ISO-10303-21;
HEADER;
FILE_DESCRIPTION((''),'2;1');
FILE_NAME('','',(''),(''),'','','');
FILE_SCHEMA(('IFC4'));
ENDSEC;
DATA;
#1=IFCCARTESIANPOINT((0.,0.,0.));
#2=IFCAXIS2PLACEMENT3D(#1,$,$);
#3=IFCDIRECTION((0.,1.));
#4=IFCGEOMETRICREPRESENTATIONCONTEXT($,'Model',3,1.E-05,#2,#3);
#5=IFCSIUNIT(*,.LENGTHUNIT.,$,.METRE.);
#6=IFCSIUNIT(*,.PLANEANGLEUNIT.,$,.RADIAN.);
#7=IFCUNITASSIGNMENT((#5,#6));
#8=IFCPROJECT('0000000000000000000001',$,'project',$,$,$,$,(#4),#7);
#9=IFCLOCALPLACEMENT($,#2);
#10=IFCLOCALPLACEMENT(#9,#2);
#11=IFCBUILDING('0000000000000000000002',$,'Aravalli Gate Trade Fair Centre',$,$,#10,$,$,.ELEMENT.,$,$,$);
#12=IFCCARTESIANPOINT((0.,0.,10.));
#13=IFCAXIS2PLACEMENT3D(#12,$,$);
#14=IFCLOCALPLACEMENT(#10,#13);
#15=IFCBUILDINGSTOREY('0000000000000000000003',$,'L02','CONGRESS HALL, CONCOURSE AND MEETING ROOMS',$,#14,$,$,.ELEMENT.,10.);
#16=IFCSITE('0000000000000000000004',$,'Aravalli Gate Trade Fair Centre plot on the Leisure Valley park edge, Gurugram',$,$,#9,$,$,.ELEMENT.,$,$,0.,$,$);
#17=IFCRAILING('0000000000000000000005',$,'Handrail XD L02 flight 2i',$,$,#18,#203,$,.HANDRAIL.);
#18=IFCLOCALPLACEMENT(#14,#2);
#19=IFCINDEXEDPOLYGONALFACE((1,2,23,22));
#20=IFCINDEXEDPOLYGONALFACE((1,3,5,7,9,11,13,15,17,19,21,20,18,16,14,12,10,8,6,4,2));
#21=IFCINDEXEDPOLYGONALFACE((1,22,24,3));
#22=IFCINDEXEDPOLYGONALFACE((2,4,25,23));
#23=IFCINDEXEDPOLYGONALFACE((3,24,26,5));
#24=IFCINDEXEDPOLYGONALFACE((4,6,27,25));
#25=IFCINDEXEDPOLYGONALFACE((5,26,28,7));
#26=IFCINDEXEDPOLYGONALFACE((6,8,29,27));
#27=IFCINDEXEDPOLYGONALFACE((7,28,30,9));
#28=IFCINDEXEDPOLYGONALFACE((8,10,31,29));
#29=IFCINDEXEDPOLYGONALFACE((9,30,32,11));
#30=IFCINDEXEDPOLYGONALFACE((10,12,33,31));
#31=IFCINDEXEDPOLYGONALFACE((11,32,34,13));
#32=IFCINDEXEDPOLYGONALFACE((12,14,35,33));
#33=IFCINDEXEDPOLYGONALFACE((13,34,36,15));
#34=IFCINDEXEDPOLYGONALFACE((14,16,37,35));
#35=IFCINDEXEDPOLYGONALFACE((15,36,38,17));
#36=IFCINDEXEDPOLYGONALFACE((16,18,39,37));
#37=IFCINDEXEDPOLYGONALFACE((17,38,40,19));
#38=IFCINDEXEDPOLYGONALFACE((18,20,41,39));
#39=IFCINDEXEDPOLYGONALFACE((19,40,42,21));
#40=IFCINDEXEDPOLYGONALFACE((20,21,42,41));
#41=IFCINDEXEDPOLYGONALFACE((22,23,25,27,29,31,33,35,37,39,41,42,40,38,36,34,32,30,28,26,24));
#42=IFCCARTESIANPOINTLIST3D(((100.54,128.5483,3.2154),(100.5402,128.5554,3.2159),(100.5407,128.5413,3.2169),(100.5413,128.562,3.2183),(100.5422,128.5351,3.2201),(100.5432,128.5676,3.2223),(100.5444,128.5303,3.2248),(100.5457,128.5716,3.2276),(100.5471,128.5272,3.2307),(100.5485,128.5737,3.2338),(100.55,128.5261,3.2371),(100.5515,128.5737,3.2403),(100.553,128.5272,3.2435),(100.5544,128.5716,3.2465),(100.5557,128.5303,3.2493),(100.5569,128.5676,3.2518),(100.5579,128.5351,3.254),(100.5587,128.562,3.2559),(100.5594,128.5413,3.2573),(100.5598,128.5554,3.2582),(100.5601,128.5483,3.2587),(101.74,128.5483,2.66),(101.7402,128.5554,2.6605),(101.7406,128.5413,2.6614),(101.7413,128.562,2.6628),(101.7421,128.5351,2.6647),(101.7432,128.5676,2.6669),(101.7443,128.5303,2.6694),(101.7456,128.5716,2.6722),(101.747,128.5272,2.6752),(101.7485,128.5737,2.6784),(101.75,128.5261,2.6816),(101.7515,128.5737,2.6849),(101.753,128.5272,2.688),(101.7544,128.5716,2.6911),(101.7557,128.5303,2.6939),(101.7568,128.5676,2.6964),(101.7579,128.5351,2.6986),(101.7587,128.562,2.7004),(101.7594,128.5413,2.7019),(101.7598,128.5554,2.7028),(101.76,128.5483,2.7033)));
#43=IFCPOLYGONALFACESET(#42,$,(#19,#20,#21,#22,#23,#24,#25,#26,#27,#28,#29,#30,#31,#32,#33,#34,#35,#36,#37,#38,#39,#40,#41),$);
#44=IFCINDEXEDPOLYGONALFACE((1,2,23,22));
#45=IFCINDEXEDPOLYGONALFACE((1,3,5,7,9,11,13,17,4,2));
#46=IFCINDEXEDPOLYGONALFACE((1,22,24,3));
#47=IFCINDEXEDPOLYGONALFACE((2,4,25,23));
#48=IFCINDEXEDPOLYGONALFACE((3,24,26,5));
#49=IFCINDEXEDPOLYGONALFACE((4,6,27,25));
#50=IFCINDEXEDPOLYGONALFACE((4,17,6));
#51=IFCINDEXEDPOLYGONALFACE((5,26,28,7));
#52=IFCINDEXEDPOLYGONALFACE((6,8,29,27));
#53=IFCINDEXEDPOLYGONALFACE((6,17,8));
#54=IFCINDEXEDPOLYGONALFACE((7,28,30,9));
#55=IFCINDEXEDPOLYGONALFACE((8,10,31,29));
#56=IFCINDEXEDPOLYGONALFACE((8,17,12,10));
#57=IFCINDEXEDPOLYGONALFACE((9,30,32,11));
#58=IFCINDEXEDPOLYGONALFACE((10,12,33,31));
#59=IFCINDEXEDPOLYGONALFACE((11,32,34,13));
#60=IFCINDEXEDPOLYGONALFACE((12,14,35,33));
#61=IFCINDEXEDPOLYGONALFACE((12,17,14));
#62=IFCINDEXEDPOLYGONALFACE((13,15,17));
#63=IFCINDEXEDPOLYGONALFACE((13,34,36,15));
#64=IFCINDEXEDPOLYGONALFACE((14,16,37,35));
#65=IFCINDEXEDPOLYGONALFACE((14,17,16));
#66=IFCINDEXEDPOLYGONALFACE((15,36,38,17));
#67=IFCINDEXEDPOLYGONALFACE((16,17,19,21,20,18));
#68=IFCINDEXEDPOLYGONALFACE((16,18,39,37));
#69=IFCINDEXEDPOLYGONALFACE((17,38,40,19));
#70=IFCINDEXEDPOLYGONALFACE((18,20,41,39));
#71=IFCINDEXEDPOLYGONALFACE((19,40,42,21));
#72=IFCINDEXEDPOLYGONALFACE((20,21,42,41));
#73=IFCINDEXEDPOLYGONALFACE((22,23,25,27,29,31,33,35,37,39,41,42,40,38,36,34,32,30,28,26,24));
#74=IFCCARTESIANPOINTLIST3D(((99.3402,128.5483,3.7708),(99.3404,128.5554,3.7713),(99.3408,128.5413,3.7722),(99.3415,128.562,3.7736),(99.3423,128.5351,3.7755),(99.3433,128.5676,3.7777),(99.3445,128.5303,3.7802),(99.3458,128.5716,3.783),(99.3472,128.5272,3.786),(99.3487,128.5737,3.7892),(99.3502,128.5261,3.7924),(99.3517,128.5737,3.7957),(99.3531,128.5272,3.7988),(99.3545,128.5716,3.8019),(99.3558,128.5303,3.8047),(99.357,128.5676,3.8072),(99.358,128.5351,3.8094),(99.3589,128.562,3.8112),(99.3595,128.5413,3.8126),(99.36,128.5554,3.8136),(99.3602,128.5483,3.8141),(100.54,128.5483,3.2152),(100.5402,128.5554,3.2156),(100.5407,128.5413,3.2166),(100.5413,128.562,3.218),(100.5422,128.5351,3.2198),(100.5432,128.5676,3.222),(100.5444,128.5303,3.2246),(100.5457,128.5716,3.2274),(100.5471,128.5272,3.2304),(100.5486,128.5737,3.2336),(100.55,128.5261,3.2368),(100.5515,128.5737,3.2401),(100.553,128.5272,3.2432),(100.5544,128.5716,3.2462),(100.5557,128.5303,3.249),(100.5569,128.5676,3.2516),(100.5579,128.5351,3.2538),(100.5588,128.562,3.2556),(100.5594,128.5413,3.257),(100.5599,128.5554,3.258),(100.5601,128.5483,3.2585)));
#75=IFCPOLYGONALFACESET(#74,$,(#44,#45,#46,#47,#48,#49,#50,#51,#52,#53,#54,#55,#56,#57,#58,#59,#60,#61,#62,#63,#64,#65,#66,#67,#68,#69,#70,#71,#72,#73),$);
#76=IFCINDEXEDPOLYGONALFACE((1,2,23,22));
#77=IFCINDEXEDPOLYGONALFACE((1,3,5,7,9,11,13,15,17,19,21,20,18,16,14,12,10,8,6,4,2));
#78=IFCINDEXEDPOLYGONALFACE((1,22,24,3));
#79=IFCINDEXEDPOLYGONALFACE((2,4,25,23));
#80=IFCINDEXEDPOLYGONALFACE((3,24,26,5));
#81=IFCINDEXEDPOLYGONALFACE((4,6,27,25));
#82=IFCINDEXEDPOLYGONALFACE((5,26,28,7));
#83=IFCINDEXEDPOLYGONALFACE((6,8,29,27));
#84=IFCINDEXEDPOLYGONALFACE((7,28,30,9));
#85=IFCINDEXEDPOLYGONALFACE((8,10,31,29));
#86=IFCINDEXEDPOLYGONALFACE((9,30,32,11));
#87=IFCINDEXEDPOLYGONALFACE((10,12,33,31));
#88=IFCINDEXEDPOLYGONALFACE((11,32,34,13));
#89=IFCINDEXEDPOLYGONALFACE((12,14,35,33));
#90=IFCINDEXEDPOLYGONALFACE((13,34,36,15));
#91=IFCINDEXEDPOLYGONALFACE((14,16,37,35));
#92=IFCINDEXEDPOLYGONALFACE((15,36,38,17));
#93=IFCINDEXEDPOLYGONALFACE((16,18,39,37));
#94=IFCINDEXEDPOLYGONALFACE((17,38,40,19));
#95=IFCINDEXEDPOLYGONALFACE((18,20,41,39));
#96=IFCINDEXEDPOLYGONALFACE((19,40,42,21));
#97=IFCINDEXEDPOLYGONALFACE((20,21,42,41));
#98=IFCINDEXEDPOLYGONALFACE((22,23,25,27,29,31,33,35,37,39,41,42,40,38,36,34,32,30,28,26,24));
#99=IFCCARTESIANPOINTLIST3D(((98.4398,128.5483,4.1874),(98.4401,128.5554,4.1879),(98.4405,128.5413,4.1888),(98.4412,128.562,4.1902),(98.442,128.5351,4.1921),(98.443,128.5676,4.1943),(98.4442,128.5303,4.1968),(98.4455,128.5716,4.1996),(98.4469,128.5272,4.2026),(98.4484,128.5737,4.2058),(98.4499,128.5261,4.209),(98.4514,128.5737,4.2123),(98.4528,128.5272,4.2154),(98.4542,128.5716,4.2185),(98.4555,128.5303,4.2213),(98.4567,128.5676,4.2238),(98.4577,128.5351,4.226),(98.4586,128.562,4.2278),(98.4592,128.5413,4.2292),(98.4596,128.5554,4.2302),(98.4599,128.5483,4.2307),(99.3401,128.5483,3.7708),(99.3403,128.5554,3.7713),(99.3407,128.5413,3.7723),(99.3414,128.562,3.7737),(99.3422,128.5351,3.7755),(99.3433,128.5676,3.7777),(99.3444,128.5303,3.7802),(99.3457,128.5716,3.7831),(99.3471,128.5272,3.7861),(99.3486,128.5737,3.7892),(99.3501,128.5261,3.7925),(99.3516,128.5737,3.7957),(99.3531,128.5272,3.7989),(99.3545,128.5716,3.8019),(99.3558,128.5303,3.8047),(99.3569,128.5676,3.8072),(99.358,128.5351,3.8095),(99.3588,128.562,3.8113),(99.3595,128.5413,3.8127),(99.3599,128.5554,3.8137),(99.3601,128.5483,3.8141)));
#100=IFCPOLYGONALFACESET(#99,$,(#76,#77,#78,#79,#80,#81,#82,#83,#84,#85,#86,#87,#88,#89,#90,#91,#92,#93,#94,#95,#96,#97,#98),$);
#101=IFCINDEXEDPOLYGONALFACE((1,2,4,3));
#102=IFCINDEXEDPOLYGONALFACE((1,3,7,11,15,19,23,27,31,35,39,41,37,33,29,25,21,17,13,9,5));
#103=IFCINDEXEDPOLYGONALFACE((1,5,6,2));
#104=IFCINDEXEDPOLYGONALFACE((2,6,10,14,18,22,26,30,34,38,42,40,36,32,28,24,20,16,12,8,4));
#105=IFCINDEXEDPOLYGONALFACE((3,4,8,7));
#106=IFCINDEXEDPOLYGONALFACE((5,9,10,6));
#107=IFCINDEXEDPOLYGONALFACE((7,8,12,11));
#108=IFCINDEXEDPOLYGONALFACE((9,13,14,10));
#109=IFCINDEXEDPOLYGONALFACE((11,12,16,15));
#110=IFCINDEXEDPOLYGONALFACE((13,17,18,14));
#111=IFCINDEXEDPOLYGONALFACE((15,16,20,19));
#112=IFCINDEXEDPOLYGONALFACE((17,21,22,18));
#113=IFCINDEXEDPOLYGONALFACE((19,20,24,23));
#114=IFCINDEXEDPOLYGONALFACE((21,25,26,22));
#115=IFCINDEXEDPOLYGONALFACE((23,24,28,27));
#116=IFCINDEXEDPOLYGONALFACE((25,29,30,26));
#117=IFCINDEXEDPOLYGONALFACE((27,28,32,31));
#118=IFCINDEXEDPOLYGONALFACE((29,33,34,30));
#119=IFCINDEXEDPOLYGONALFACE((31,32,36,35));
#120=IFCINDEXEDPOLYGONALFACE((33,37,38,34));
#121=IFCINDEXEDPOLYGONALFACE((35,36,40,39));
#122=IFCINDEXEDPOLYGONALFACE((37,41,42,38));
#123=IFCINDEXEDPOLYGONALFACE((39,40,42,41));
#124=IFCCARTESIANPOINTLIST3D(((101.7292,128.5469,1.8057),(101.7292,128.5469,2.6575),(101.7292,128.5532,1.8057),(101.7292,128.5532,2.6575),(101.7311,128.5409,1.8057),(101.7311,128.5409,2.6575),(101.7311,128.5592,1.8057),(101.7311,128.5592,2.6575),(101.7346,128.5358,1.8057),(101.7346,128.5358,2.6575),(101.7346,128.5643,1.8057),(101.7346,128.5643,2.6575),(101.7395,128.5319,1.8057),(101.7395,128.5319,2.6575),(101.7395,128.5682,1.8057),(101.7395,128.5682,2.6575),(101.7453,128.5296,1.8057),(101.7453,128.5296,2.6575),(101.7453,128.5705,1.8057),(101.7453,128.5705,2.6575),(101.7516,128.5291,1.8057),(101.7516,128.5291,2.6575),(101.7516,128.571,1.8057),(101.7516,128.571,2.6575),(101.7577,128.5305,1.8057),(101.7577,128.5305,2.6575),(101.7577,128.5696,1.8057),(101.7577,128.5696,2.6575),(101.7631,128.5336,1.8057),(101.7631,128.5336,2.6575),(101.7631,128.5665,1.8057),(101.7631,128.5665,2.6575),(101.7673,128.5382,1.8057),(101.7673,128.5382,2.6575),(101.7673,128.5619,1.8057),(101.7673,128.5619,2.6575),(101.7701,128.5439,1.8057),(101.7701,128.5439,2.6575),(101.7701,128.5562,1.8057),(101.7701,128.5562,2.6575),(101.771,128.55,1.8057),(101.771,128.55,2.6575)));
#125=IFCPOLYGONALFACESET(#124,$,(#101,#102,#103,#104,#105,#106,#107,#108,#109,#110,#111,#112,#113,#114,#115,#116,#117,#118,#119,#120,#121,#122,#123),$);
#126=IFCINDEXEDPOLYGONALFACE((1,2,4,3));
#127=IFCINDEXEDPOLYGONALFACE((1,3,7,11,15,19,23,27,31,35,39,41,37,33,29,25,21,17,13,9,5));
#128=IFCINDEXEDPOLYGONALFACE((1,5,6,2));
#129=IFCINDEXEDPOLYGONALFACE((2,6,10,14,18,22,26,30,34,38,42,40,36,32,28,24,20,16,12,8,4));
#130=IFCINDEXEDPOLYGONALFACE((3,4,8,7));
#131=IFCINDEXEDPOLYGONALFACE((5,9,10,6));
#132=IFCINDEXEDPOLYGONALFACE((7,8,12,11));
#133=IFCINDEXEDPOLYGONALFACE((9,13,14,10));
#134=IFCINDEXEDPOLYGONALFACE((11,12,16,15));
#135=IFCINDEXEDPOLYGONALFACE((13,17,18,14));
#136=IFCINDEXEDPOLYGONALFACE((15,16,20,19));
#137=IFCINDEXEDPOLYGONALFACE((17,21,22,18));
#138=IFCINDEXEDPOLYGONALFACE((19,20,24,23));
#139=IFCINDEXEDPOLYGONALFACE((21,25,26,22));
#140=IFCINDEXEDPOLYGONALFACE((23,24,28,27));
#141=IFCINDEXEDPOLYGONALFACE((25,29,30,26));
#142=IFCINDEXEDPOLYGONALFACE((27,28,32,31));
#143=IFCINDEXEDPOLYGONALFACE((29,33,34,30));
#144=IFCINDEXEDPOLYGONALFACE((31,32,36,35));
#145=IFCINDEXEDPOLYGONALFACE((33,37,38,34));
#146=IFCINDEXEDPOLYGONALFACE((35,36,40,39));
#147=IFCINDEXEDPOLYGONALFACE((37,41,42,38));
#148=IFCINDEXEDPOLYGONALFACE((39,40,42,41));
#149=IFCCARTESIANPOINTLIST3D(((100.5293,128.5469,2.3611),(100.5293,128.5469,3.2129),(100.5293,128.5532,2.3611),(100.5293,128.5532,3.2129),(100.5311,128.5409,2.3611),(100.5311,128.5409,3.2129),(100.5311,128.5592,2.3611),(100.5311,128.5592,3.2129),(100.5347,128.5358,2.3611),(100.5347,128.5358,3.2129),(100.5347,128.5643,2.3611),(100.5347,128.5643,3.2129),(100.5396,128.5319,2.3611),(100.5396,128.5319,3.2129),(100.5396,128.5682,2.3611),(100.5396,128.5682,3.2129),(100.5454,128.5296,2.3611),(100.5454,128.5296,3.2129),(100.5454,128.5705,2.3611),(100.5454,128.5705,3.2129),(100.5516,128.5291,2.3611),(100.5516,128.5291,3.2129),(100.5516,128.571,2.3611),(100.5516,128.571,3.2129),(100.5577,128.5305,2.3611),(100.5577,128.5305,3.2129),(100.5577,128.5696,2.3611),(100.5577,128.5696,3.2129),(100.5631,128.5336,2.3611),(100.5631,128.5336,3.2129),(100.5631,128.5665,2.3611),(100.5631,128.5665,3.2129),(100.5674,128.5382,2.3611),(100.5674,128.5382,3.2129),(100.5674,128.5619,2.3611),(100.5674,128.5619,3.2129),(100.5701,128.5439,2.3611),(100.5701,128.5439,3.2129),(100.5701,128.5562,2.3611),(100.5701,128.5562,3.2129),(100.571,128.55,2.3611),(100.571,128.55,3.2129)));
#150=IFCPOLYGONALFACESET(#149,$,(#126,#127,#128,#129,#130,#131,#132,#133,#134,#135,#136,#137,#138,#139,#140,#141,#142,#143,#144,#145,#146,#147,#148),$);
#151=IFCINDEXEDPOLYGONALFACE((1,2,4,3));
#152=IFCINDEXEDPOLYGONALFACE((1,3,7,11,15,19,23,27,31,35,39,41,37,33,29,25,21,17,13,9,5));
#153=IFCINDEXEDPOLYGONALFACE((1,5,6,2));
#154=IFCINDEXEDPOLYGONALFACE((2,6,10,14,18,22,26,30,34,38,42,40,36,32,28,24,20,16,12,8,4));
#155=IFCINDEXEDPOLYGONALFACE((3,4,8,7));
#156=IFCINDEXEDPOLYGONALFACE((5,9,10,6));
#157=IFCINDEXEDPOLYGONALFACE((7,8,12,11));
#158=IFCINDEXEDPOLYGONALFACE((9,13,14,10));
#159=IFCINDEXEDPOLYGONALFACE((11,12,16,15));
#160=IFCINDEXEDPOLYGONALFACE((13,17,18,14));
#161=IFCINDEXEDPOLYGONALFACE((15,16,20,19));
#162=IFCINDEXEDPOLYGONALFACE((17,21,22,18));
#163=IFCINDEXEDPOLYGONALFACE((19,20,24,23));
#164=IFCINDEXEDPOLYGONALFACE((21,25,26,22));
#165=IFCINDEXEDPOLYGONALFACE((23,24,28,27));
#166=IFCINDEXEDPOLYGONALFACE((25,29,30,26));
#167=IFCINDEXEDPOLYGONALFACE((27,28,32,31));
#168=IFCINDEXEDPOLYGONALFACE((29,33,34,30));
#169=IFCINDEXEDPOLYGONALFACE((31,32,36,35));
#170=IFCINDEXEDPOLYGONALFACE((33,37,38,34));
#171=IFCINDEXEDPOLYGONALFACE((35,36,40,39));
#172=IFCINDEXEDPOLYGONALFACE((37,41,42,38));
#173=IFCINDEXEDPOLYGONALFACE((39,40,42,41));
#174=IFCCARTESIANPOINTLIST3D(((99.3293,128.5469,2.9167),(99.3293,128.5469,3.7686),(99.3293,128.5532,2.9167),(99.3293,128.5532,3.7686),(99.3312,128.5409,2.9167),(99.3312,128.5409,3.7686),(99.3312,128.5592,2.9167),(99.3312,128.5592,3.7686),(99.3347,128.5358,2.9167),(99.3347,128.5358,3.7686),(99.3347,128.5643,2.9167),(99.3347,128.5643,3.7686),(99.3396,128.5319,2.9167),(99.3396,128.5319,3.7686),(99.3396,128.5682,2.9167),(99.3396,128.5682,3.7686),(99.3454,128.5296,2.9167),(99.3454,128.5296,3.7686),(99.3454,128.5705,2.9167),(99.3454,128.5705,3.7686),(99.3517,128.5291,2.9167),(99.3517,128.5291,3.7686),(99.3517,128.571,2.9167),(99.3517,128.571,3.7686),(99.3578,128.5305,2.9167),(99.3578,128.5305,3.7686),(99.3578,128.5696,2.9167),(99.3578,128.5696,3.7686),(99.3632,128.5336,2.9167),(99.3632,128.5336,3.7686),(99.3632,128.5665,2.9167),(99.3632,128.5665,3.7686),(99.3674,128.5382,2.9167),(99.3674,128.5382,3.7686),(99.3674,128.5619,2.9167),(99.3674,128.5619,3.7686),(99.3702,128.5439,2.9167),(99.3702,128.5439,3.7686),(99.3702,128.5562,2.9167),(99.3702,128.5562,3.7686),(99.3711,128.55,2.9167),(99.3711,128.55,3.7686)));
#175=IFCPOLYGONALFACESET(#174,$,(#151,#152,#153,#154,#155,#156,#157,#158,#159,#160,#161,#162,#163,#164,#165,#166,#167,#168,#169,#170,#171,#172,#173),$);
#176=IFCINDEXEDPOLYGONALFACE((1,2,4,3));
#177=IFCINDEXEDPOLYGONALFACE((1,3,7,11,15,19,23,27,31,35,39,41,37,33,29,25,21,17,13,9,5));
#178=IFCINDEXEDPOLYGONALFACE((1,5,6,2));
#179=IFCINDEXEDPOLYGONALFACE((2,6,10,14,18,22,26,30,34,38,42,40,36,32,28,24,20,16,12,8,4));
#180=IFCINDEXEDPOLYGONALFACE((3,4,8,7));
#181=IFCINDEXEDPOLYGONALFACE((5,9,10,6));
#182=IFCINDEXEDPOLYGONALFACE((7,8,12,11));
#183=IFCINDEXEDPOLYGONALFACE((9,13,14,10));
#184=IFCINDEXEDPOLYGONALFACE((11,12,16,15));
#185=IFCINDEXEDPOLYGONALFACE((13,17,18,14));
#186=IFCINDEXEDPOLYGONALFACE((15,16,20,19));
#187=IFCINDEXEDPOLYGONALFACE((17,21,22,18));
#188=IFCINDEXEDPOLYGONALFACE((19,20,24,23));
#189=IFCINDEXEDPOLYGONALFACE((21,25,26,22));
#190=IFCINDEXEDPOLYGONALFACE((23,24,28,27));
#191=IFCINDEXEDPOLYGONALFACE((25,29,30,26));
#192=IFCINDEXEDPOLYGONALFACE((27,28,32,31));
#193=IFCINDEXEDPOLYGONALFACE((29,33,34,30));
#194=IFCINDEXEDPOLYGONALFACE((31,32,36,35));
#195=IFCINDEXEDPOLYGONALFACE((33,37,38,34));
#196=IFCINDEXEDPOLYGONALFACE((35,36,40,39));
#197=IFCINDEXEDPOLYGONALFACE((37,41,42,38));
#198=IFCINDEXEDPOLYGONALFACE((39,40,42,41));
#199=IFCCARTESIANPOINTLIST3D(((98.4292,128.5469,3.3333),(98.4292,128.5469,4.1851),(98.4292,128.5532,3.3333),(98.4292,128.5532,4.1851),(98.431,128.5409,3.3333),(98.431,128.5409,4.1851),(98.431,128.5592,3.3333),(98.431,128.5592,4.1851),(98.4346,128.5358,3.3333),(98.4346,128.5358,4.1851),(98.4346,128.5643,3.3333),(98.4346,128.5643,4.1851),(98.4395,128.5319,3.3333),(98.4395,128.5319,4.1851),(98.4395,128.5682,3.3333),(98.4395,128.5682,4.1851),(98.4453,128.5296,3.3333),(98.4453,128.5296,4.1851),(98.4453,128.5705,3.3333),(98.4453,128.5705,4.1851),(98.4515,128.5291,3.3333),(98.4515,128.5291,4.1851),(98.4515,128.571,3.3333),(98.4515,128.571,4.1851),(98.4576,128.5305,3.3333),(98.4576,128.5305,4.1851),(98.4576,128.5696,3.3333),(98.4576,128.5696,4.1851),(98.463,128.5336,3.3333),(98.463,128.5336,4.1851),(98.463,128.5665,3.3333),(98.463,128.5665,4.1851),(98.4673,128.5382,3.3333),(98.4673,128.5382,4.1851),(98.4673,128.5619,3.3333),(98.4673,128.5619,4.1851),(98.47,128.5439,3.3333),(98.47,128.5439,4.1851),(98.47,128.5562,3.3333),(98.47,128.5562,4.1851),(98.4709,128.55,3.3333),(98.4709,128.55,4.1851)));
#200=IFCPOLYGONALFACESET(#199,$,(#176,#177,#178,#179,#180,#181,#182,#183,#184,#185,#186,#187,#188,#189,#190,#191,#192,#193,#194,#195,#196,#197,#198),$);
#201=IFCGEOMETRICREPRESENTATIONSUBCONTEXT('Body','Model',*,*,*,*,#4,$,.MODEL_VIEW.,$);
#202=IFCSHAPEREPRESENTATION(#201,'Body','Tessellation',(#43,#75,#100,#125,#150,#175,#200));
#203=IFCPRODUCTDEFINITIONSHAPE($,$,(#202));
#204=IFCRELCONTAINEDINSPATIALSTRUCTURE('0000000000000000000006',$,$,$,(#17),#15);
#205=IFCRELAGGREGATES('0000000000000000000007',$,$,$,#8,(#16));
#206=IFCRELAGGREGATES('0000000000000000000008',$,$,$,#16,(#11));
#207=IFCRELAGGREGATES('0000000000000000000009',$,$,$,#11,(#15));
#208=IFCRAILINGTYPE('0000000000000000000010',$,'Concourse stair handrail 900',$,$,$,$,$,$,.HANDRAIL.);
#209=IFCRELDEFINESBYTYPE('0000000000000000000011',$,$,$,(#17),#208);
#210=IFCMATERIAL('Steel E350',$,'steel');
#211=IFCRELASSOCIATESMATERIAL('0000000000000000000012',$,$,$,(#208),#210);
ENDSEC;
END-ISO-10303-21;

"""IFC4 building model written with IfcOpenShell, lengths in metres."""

from ifc_helpers import new_model, si_unit, direction, frame, origin, origin_2d, place, context, subcontext, project, spatial, circle, extrude, material, type_object, element, save


model = new_model("IFC4")

# Units and contexts
model_context = context("Model", 3, precision=1e-05, world=origin(), true_north=direction((0.0, 1.0)))
body_context = subcontext(model_context, "Body", "Model", "MODEL_VIEW")
ifc_project = project(units=[si_unit("LENGTHUNIT", "METRE"), si_unit("PLANEANGLEUNIT", "RADIAN")], contexts=[model_context])

# Site, building, storey
site_placement = place(None, origin())
site = spatial("IfcSite", under=ifc_project, at=site_placement, Name="Aravalli Gate Trade Fair Centre plot on the Leisure Valley park edge, Gurugram", CompositionType="ELEMENT", RefElevation=0.0)
building_placement = place(site_placement, origin())
building = spatial("IfcBuilding", under=site, at=building_placement, Name="Aravalli Gate Trade Fair Centre", CompositionType="ELEMENT")
storey_placement = place(building_placement, frame((0.0, 0.0, 10.0)))
storey = spatial("IfcBuildingStorey", under=building, at=storey_placement, Name="L02", Description="CONGRESS HALL, CONCOURSE AND MEETING ROOMS", CompositionType="ELEMENT", Elevation=10.0)

# Shared definitions
ifc_material_1 = material(Name="Steel E350", Category="steel")

# Railing
railing_type = type_object("IfcRailingType", Name="Concourse stair handrail 900", PredefinedType="HANDRAIL", material=ifc_material_1)
railing_placement = place(storey_placement, frame((101.75, 128.55, 1.8057)))
element("IfcRailing", 1, at=railing_placement, inside=storey, type_object=railing_type, Name="Handrail XD L02 flight 2i", PredefinedType="HANDRAIL", context=body_context, shape_type="SweptSolid", body=[
    extrude(circle(Radius=0.0239, at=origin_2d()), frame((0.0, 0.0, 0.876), z_axis=(-0.907499, 0.0, 0.420053), x_axis=(0.0, -1.0, 0.0)), (0.0, 0.0, 1.0), 1.3223),
    extrude(circle(Radius=0.0239, at=origin_2d()), frame((-1.2, 0.0, 1.4312), z_axis=(-0.907429, 0.0, 0.420205), x_axis=(0.0, -1.0, 0.0)), (0.0, 0.0, 1.0), 1.3223),
    extrude(circle(Radius=0.0239, at=origin_2d()), frame((-2.3999, 0.0, 1.9868), z_axis=(-0.907556, 0.0, 0.419932), x_axis=(0.0, -1.0, 0.0)), (0.0, 0.0, 1.0), 0.9919),
    extrude(circle(Radius=0.021, at=origin_2d()), origin(), (0.0, 0.0, 1.0), 0.8518),
    extrude(circle(Radius=0.021, at=origin_2d()), frame((-1.2, 0.0, 0.5554)), (0.0, 0.0, 1.0), 0.8518),
    extrude(circle(Radius=0.021, at=origin_2d()), frame((-2.3999, 0.0, 1.1111)), (0.0, 0.0, 1.0), 0.8518),
    extrude(circle(Radius=0.021, at=origin_2d()), frame((-3.3, 0.0, 1.5276)), (0.0, 0.0, 1.0), 0.8518),
])

save(model, "model.ifc")
